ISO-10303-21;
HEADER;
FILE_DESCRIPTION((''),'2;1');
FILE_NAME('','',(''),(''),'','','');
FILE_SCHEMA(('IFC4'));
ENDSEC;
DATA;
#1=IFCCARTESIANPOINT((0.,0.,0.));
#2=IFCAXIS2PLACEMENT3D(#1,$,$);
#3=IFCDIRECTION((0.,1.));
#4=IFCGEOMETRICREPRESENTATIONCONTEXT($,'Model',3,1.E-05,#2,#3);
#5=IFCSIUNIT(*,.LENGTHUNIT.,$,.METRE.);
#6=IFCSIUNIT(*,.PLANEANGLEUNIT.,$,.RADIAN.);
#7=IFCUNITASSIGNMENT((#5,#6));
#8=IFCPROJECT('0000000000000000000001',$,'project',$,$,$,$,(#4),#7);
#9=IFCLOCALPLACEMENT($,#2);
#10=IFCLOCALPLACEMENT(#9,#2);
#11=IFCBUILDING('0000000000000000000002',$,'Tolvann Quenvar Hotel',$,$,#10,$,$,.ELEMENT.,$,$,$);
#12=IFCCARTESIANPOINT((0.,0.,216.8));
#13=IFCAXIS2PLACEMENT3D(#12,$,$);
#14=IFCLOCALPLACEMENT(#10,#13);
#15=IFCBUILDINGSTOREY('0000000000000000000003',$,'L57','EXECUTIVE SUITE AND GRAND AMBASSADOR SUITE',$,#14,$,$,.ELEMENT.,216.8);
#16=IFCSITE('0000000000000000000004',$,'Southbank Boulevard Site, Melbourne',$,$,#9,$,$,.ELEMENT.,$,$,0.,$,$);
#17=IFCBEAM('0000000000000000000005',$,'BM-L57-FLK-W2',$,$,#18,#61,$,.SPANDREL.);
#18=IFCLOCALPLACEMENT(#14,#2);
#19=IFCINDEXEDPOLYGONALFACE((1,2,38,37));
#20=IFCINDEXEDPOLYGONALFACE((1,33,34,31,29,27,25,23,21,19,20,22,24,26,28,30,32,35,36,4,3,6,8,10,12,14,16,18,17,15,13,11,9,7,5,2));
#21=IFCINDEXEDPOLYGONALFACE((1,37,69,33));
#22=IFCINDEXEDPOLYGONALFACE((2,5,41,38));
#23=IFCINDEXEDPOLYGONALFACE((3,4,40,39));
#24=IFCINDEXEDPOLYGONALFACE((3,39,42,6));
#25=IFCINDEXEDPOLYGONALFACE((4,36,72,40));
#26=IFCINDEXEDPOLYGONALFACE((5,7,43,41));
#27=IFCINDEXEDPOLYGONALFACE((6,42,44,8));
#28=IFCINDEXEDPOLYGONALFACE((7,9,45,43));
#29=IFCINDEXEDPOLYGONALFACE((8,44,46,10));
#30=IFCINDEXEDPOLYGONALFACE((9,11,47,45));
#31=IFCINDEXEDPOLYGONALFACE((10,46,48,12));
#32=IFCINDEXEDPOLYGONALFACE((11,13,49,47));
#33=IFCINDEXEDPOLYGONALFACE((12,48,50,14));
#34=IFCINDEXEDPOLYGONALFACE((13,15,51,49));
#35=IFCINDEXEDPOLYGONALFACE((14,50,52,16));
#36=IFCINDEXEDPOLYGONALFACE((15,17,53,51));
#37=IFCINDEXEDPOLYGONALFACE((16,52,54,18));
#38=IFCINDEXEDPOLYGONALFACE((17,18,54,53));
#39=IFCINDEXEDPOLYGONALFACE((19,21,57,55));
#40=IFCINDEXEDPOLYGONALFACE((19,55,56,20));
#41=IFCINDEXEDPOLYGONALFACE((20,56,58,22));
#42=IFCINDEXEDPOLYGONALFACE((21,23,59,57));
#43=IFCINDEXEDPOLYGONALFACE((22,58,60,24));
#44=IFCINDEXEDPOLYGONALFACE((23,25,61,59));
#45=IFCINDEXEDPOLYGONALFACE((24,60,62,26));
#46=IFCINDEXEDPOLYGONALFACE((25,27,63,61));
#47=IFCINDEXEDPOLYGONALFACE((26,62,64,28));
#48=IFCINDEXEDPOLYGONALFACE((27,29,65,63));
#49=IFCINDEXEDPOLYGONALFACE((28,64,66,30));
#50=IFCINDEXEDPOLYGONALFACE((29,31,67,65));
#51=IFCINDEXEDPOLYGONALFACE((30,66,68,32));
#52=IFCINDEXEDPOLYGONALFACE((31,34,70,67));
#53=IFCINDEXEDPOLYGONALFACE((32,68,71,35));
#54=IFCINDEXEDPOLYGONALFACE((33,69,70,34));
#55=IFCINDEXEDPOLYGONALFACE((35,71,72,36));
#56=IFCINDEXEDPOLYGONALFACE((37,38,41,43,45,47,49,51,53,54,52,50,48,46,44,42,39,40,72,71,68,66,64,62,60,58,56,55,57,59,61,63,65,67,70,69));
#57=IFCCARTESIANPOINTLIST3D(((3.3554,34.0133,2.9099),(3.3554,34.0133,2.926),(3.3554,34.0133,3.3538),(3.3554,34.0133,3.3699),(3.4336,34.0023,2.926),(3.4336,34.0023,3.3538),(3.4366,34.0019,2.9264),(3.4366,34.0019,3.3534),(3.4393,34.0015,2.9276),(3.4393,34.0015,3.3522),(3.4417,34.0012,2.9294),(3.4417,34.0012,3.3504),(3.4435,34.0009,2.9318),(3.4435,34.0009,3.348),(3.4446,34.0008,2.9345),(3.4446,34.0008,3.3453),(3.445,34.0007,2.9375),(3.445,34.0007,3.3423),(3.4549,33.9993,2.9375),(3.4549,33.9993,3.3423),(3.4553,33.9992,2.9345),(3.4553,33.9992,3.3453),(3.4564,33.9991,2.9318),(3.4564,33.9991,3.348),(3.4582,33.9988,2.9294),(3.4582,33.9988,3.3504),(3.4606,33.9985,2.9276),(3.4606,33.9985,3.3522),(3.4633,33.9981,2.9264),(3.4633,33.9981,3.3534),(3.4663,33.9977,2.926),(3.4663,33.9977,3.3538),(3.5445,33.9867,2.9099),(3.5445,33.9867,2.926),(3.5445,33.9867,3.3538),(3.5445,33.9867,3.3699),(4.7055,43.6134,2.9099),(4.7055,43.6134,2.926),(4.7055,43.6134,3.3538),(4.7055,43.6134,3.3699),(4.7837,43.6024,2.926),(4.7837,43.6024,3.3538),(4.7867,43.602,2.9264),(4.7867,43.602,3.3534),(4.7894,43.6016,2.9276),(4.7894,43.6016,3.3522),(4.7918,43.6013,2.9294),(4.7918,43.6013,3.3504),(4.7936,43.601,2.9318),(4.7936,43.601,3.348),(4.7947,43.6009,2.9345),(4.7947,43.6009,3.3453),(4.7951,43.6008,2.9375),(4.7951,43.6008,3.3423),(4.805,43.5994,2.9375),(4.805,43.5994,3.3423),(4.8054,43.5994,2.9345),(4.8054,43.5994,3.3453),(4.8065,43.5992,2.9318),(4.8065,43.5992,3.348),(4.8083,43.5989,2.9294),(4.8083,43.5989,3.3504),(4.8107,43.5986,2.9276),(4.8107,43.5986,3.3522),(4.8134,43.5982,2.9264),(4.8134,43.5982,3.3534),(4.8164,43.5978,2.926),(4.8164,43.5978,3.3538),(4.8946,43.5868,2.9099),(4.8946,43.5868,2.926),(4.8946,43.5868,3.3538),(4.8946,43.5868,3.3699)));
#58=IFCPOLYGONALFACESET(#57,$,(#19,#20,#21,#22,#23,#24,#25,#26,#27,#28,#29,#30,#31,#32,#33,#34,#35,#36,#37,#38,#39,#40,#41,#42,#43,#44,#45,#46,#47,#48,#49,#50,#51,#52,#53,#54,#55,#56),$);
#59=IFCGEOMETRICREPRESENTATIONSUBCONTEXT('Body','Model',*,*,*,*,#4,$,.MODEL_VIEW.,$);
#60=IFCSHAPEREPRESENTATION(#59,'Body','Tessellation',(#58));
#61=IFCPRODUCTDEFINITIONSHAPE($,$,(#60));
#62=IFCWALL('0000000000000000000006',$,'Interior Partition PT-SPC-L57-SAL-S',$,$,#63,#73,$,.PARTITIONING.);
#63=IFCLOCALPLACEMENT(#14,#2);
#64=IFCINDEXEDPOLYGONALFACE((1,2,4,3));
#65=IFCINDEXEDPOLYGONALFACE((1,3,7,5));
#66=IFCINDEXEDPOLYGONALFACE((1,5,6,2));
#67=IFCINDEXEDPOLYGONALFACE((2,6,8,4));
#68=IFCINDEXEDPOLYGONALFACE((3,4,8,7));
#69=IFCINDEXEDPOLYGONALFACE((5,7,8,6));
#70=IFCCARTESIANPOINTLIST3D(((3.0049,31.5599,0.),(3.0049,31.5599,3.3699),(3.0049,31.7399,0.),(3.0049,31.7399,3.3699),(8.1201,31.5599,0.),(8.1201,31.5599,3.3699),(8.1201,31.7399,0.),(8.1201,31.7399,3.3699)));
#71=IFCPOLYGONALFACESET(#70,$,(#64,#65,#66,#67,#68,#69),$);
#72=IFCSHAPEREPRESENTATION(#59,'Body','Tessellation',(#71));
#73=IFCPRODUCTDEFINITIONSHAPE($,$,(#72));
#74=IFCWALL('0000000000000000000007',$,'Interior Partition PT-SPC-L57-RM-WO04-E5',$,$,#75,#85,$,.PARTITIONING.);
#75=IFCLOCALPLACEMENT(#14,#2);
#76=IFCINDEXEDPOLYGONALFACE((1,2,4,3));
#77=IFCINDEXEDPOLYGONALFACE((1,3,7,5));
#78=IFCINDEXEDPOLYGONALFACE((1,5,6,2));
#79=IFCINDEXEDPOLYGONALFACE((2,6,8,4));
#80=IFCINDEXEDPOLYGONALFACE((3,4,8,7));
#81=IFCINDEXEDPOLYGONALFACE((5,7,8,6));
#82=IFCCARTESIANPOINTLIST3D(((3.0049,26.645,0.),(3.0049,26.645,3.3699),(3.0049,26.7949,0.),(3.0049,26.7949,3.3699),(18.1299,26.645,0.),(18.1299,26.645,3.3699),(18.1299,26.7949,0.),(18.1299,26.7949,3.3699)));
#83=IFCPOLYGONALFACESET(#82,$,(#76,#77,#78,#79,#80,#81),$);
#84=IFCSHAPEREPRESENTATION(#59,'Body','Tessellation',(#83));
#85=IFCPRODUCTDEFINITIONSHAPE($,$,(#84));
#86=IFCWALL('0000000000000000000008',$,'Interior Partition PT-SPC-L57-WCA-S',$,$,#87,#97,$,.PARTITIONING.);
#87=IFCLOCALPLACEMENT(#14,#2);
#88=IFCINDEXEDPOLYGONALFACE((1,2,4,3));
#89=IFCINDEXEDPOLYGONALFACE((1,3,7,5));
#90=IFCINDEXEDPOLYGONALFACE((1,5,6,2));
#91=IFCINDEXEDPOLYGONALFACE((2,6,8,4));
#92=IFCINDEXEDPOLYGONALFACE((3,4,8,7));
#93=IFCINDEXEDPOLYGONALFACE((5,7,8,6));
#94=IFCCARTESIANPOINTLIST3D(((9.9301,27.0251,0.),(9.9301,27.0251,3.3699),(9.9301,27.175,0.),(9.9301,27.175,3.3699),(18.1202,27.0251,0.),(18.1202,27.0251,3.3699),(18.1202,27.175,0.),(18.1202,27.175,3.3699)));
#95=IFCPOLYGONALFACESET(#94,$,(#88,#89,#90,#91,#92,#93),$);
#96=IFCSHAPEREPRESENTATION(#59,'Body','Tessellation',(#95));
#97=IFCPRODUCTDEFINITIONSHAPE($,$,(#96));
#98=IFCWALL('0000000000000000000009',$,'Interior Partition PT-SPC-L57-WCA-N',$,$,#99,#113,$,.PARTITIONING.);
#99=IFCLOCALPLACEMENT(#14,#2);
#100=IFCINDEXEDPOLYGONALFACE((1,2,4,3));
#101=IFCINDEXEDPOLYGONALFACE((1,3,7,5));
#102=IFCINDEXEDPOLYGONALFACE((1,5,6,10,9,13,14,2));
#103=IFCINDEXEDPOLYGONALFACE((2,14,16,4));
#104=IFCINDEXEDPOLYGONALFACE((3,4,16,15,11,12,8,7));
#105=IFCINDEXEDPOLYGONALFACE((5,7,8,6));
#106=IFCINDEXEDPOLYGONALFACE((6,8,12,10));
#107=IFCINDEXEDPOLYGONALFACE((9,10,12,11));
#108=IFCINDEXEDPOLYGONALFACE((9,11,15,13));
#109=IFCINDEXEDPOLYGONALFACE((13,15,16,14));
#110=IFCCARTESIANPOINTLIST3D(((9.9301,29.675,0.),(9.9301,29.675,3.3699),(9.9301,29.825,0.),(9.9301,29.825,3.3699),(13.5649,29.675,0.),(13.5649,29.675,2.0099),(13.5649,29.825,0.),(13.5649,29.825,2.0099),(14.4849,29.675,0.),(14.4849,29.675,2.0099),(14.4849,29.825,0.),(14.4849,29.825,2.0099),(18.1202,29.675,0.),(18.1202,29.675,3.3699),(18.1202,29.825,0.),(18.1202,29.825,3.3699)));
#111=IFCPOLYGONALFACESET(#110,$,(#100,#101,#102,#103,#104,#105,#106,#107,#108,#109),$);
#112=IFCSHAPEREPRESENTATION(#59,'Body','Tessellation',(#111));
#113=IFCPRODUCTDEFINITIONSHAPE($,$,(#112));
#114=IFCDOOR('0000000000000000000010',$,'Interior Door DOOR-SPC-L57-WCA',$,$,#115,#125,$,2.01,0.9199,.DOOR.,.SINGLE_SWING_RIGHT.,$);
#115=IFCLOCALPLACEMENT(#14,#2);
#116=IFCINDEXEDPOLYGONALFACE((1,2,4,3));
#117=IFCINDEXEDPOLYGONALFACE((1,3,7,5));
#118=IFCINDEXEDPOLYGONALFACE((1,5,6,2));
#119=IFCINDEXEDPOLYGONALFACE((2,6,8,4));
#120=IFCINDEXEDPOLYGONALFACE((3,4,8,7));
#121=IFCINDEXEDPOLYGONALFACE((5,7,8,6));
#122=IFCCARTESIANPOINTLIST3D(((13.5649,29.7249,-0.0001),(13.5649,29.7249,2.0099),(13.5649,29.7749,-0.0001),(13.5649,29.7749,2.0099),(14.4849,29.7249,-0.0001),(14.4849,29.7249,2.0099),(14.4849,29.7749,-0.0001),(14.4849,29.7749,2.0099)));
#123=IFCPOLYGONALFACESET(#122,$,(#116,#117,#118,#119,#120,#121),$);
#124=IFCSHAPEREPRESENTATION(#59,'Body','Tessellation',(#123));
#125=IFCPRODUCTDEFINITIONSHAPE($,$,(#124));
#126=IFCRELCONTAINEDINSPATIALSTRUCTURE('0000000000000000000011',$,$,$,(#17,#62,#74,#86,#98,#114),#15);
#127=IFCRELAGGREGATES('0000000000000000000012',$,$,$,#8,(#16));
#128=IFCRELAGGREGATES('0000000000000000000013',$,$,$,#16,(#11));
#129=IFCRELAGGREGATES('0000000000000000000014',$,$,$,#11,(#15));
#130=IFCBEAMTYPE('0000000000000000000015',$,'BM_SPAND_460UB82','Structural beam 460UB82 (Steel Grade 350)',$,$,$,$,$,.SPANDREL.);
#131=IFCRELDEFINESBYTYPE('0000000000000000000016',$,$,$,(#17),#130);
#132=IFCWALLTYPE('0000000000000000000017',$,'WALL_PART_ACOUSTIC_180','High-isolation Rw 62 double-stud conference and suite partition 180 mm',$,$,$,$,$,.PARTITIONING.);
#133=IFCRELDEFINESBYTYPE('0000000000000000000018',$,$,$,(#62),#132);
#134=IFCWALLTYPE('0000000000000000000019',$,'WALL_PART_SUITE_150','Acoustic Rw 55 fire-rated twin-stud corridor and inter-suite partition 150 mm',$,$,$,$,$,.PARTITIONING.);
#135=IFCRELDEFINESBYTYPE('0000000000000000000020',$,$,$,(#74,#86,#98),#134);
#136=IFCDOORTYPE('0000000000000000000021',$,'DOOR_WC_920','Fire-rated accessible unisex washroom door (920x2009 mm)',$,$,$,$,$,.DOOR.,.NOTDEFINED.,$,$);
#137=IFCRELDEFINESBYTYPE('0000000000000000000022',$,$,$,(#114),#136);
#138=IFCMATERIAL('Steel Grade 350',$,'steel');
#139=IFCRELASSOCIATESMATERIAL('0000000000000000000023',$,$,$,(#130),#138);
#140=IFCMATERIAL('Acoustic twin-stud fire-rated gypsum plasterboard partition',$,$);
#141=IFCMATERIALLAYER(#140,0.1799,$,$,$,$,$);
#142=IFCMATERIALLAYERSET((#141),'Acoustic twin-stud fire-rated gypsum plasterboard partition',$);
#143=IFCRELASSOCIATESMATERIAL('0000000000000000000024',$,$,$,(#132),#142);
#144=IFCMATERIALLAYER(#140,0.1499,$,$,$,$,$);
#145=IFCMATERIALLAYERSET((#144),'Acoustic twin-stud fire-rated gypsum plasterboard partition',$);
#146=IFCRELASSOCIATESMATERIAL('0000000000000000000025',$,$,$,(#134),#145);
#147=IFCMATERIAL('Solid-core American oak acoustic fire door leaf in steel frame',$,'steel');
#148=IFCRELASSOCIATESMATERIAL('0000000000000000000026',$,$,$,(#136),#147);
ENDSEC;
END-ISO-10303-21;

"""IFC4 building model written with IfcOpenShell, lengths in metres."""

from ifc_helpers import new_model, si_unit, direction, frame, frame_2d, origin, origin_2d, place, context, subcontext, project, spatial, rectangle, i_section, extrude, source, transform, mapped, material, layer, layer_set, material_profile, profile_set, type_object, type_shapes, element, fill, save


model = new_model("IFC4")

# Units and contexts
model_context = context("Model", 3, precision=1e-05, world=origin(), true_north=direction((0.0, 1.0)))
body_context = subcontext(model_context, "Body", "Model", "MODEL_VIEW")
ifc_project = project(units=[si_unit("LENGTHUNIT", "METRE"), si_unit("PLANEANGLEUNIT", "RADIAN")], contexts=[model_context])

# Site, building, storey
site_placement = place(None, origin())
site = spatial("IfcSite", under=ifc_project, at=site_placement, Name="Southbank Boulevard Site, Melbourne", CompositionType="ELEMENT", RefElevation=0.0)
building_placement = place(site_placement, origin())
building = spatial("IfcBuilding", under=site, at=building_placement, Name="Tolvann Quenvar Hotel", CompositionType="ELEMENT")
storey_placement = place(building_placement, frame((0.0, 0.0, 216.8)))
storey = spatial("IfcBuildingStorey", under=building, at=storey_placement, Name="L57", Description="EXECUTIVE SUITE AND GRAND AMBASSADOR SUITE", CompositionType="ELEMENT", Elevation=216.8)

# Shared definitions
ifc_material_1 = material(Name="Steel Grade 350", Category="steel")

# Beam
ifc_material_profile_1 = material_profile(ifc_material_1, i_section(OverallWidth=0.1909, OverallDepth=0.46, WebThickness=0.01, FlangeThickness=0.0161, FilletRadius=0.0115, at=origin_2d()), Name="460UB82")
ifc_profile_set_1 = profile_set([ifc_material_profile_1], Name="Steel Grade 350")
beam_type_1 = type_object("IfcBeamType", Name="BM_SPAND_460UB82", Description="Structural beam 460UB82 (Steel Grade 350)", PredefinedType="SPANDREL", material=ifc_profile_set_1)
shared_shape_1 = source(origin(), body_context, "Body", "SweptSolid", [
    extrude(i_section(OverallWidth=0.1909, OverallDepth=0.46, WebThickness=0.01, FlangeThickness=0.0161, FilletRadius=0.0115, at=origin_2d()), origin(), (0.0, 0.0, 1.0), 9.6946),
])
beam_1_placement = place(storey_placement, frame((3.45, 34.0, 3.1399), z_axis=(0.139263, 0.990255, 0.0), x_axis=(-0.990255, 0.139263, 0.0)))
element("IfcBeam", 1, at=beam_1_placement, inside=storey, type_object=beam_type_1, Name="BM-L57-FLK-W2", PredefinedType="SPANDREL", context=body_context, shape_type="MappedRepresentation", body=[
    mapped(shared_shape_1, transform((0.0, 0.0, 0.0), x_axis=(1.0, 0.0, 0.0), y_axis=(0.0, 1.0, 0.0), z_axis=(0.0, 0.0, 1.0), scale=1.0)),
])

# Wall
ifc_material_2 = material(Name="Acoustic twin-stud fire-rated gypsum plasterboard partition")
ifc_layer_1 = layer(ifc_material_2, 0.1799)
ifc_layer_set_1 = layer_set([ifc_layer_1], Name="Acoustic twin-stud fire-rated gypsum plasterboard partition")
wall_type_1 = type_object("IfcWallType", Name="WALL_PART_ACOUSTIC_180", Description="High-isolation Rw 62 double-stud conference and suite partition 180 mm", PredefinedType="PARTITIONING", material=ifc_layer_set_1)
wall_1_placement = place(storey_placement, frame((3.0049, 31.6499, 0.0), z_axis=(0.0, 0.0, 1.0), x_axis=(1.0, 0.0, 0.0)))
element("IfcWall", 2, at=wall_1_placement, inside=storey, type_object=wall_type_1, Name="Interior Partition PT-SPC-L57-SAL-S", PredefinedType="PARTITIONING", context=body_context, shape_type="SweptSolid", body=[
    extrude(rectangle(XDim=5.1152, YDim=0.1799, at=frame_2d((2.5576, 0.0))), origin(), (0.0, 0.0, 1.0), 3.3699),
])

# Shared definitions
ifc_material_3 = material(Name="Solid-core American oak acoustic fire door leaf in steel frame", Category="steel")

# Walls
ifc_layer_2 = layer(ifc_material_2, 0.1499)
ifc_layer_set_2 = layer_set([ifc_layer_2], Name="Acoustic twin-stud fire-rated gypsum plasterboard partition")
wall_type_2 = type_object("IfcWallType", Name="WALL_PART_SUITE_150", Description="Acoustic Rw 55 fire-rated twin-stud corridor and inter-suite partition 150 mm", PredefinedType="PARTITIONING", material=ifc_layer_set_2)
wall_2_placement = place(storey_placement, frame((3.0049, 26.72, 0.0), z_axis=(0.0, 0.0, 1.0), x_axis=(1.0, 0.0, 0.0)))
element("IfcWall", 3, at=wall_2_placement, inside=storey, type_object=wall_type_2, Name="Interior Partition PT-SPC-L57-RM-WO04-E5", PredefinedType="PARTITIONING", context=body_context, shape_type="SweptSolid", body=[
    extrude(rectangle(XDim=15.125, YDim=0.1499, at=frame_2d((7.5625, 0.0))), origin(), (0.0, 0.0, 1.0), 3.3699),
])
wall_3_placement = place(storey_placement, frame((9.9299, 27.1001, 0.0), z_axis=(0.0, 0.0, 1.0), x_axis=(1.0, 0.0, 0.0)))
element("IfcWall", 4, at=wall_3_placement, inside=storey, type_object=wall_type_2, Name="Interior Partition PT-SPC-L57-WCA-S", PredefinedType="PARTITIONING", context=body_context, shape_type="SweptSolid", body=[
    extrude(rectangle(XDim=8.1902, YDim=0.1499, at=frame_2d((4.0952, 0.0))), origin(), (0.0, 0.0, 1.0), 3.3699),
])

# Wall, opening, door
wall_4_placement = place(storey_placement, frame((9.9299, 29.75, 0.0), z_axis=(0.0, 0.0, 1.0), x_axis=(1.0, 0.0, 0.0)))
wall_4 = element("IfcWall", 5, at=wall_4_placement, inside=storey, type_object=wall_type_2, Name="Interior Partition PT-SPC-L57-WCA-N", PredefinedType="PARTITIONING", context=body_context, shape_type="SweptSolid", body=[
    extrude(rectangle(XDim=8.1902, YDim=0.1499, at=frame_2d((4.0952, 0.0))), origin(), (0.0, 0.0, 1.0), 3.3699),
])
opening_1_placement = place(wall_4_placement, frame((3.635, 0.0, 0.0)))
opening_1 = element("IfcOpeningElement", 6, at=opening_1_placement, cuts=wall_4, PredefinedType="OPENING", context=body_context, shape_type="SweptSolid", body=[
    extrude(rectangle(XDim=0.9199, YDim=2.01, at=frame_2d((0.46, 1.0049))), frame((0.0, 0.085, 0.0), z_axis=(0.0, -1.0, 0.0), x_axis=(1.0, 0.0, 0.0)), (0.0, 0.0, 1.0), 0.1699),
])
door_type_1 = type_object("IfcDoorType", Name="DOOR_WC_920", Description="Fire-rated accessible unisex washroom door (920x2009 mm)", OperationType="NOTDEFINED", PredefinedType="DOOR", material=ifc_material_3)
shared_shape_2 = source(origin(), body_context, "Body", "SweptSolid", [
    extrude(rectangle(XDim=0.9199, YDim=2.01, at=frame_2d((0.46, 1.0049))), frame((0.0, 0.0249, 0.0), z_axis=(0.0, -1.0, 0.0), x_axis=(1.0, 0.0, 0.0)), (0.0, 0.0, 1.0), 0.05),
])
type_shapes(door_type_1, [shared_shape_2])
door_1_placement = place(opening_1_placement, origin())
door_1 = element("IfcDoor", 7, at=door_1_placement, inside=storey, type_object=door_type_1, Name="Interior Door DOOR-SPC-L57-WCA", OperationType="SINGLE_SWING_RIGHT", OverallHeight=2.01, OverallWidth=0.9199, PredefinedType="DOOR", context=body_context, shape_type="MappedRepresentation", body=[
    mapped(shared_shape_2, transform((0.0, 0.0, 0.0), x_axis=(1.0, 0.0, 0.0), y_axis=(0.0, 1.0, 0.0), z_axis=(0.0, 0.0, 1.0), scale=1.0)),
])
fill(opening_1, door_1)

save(model, "model.ifc")
